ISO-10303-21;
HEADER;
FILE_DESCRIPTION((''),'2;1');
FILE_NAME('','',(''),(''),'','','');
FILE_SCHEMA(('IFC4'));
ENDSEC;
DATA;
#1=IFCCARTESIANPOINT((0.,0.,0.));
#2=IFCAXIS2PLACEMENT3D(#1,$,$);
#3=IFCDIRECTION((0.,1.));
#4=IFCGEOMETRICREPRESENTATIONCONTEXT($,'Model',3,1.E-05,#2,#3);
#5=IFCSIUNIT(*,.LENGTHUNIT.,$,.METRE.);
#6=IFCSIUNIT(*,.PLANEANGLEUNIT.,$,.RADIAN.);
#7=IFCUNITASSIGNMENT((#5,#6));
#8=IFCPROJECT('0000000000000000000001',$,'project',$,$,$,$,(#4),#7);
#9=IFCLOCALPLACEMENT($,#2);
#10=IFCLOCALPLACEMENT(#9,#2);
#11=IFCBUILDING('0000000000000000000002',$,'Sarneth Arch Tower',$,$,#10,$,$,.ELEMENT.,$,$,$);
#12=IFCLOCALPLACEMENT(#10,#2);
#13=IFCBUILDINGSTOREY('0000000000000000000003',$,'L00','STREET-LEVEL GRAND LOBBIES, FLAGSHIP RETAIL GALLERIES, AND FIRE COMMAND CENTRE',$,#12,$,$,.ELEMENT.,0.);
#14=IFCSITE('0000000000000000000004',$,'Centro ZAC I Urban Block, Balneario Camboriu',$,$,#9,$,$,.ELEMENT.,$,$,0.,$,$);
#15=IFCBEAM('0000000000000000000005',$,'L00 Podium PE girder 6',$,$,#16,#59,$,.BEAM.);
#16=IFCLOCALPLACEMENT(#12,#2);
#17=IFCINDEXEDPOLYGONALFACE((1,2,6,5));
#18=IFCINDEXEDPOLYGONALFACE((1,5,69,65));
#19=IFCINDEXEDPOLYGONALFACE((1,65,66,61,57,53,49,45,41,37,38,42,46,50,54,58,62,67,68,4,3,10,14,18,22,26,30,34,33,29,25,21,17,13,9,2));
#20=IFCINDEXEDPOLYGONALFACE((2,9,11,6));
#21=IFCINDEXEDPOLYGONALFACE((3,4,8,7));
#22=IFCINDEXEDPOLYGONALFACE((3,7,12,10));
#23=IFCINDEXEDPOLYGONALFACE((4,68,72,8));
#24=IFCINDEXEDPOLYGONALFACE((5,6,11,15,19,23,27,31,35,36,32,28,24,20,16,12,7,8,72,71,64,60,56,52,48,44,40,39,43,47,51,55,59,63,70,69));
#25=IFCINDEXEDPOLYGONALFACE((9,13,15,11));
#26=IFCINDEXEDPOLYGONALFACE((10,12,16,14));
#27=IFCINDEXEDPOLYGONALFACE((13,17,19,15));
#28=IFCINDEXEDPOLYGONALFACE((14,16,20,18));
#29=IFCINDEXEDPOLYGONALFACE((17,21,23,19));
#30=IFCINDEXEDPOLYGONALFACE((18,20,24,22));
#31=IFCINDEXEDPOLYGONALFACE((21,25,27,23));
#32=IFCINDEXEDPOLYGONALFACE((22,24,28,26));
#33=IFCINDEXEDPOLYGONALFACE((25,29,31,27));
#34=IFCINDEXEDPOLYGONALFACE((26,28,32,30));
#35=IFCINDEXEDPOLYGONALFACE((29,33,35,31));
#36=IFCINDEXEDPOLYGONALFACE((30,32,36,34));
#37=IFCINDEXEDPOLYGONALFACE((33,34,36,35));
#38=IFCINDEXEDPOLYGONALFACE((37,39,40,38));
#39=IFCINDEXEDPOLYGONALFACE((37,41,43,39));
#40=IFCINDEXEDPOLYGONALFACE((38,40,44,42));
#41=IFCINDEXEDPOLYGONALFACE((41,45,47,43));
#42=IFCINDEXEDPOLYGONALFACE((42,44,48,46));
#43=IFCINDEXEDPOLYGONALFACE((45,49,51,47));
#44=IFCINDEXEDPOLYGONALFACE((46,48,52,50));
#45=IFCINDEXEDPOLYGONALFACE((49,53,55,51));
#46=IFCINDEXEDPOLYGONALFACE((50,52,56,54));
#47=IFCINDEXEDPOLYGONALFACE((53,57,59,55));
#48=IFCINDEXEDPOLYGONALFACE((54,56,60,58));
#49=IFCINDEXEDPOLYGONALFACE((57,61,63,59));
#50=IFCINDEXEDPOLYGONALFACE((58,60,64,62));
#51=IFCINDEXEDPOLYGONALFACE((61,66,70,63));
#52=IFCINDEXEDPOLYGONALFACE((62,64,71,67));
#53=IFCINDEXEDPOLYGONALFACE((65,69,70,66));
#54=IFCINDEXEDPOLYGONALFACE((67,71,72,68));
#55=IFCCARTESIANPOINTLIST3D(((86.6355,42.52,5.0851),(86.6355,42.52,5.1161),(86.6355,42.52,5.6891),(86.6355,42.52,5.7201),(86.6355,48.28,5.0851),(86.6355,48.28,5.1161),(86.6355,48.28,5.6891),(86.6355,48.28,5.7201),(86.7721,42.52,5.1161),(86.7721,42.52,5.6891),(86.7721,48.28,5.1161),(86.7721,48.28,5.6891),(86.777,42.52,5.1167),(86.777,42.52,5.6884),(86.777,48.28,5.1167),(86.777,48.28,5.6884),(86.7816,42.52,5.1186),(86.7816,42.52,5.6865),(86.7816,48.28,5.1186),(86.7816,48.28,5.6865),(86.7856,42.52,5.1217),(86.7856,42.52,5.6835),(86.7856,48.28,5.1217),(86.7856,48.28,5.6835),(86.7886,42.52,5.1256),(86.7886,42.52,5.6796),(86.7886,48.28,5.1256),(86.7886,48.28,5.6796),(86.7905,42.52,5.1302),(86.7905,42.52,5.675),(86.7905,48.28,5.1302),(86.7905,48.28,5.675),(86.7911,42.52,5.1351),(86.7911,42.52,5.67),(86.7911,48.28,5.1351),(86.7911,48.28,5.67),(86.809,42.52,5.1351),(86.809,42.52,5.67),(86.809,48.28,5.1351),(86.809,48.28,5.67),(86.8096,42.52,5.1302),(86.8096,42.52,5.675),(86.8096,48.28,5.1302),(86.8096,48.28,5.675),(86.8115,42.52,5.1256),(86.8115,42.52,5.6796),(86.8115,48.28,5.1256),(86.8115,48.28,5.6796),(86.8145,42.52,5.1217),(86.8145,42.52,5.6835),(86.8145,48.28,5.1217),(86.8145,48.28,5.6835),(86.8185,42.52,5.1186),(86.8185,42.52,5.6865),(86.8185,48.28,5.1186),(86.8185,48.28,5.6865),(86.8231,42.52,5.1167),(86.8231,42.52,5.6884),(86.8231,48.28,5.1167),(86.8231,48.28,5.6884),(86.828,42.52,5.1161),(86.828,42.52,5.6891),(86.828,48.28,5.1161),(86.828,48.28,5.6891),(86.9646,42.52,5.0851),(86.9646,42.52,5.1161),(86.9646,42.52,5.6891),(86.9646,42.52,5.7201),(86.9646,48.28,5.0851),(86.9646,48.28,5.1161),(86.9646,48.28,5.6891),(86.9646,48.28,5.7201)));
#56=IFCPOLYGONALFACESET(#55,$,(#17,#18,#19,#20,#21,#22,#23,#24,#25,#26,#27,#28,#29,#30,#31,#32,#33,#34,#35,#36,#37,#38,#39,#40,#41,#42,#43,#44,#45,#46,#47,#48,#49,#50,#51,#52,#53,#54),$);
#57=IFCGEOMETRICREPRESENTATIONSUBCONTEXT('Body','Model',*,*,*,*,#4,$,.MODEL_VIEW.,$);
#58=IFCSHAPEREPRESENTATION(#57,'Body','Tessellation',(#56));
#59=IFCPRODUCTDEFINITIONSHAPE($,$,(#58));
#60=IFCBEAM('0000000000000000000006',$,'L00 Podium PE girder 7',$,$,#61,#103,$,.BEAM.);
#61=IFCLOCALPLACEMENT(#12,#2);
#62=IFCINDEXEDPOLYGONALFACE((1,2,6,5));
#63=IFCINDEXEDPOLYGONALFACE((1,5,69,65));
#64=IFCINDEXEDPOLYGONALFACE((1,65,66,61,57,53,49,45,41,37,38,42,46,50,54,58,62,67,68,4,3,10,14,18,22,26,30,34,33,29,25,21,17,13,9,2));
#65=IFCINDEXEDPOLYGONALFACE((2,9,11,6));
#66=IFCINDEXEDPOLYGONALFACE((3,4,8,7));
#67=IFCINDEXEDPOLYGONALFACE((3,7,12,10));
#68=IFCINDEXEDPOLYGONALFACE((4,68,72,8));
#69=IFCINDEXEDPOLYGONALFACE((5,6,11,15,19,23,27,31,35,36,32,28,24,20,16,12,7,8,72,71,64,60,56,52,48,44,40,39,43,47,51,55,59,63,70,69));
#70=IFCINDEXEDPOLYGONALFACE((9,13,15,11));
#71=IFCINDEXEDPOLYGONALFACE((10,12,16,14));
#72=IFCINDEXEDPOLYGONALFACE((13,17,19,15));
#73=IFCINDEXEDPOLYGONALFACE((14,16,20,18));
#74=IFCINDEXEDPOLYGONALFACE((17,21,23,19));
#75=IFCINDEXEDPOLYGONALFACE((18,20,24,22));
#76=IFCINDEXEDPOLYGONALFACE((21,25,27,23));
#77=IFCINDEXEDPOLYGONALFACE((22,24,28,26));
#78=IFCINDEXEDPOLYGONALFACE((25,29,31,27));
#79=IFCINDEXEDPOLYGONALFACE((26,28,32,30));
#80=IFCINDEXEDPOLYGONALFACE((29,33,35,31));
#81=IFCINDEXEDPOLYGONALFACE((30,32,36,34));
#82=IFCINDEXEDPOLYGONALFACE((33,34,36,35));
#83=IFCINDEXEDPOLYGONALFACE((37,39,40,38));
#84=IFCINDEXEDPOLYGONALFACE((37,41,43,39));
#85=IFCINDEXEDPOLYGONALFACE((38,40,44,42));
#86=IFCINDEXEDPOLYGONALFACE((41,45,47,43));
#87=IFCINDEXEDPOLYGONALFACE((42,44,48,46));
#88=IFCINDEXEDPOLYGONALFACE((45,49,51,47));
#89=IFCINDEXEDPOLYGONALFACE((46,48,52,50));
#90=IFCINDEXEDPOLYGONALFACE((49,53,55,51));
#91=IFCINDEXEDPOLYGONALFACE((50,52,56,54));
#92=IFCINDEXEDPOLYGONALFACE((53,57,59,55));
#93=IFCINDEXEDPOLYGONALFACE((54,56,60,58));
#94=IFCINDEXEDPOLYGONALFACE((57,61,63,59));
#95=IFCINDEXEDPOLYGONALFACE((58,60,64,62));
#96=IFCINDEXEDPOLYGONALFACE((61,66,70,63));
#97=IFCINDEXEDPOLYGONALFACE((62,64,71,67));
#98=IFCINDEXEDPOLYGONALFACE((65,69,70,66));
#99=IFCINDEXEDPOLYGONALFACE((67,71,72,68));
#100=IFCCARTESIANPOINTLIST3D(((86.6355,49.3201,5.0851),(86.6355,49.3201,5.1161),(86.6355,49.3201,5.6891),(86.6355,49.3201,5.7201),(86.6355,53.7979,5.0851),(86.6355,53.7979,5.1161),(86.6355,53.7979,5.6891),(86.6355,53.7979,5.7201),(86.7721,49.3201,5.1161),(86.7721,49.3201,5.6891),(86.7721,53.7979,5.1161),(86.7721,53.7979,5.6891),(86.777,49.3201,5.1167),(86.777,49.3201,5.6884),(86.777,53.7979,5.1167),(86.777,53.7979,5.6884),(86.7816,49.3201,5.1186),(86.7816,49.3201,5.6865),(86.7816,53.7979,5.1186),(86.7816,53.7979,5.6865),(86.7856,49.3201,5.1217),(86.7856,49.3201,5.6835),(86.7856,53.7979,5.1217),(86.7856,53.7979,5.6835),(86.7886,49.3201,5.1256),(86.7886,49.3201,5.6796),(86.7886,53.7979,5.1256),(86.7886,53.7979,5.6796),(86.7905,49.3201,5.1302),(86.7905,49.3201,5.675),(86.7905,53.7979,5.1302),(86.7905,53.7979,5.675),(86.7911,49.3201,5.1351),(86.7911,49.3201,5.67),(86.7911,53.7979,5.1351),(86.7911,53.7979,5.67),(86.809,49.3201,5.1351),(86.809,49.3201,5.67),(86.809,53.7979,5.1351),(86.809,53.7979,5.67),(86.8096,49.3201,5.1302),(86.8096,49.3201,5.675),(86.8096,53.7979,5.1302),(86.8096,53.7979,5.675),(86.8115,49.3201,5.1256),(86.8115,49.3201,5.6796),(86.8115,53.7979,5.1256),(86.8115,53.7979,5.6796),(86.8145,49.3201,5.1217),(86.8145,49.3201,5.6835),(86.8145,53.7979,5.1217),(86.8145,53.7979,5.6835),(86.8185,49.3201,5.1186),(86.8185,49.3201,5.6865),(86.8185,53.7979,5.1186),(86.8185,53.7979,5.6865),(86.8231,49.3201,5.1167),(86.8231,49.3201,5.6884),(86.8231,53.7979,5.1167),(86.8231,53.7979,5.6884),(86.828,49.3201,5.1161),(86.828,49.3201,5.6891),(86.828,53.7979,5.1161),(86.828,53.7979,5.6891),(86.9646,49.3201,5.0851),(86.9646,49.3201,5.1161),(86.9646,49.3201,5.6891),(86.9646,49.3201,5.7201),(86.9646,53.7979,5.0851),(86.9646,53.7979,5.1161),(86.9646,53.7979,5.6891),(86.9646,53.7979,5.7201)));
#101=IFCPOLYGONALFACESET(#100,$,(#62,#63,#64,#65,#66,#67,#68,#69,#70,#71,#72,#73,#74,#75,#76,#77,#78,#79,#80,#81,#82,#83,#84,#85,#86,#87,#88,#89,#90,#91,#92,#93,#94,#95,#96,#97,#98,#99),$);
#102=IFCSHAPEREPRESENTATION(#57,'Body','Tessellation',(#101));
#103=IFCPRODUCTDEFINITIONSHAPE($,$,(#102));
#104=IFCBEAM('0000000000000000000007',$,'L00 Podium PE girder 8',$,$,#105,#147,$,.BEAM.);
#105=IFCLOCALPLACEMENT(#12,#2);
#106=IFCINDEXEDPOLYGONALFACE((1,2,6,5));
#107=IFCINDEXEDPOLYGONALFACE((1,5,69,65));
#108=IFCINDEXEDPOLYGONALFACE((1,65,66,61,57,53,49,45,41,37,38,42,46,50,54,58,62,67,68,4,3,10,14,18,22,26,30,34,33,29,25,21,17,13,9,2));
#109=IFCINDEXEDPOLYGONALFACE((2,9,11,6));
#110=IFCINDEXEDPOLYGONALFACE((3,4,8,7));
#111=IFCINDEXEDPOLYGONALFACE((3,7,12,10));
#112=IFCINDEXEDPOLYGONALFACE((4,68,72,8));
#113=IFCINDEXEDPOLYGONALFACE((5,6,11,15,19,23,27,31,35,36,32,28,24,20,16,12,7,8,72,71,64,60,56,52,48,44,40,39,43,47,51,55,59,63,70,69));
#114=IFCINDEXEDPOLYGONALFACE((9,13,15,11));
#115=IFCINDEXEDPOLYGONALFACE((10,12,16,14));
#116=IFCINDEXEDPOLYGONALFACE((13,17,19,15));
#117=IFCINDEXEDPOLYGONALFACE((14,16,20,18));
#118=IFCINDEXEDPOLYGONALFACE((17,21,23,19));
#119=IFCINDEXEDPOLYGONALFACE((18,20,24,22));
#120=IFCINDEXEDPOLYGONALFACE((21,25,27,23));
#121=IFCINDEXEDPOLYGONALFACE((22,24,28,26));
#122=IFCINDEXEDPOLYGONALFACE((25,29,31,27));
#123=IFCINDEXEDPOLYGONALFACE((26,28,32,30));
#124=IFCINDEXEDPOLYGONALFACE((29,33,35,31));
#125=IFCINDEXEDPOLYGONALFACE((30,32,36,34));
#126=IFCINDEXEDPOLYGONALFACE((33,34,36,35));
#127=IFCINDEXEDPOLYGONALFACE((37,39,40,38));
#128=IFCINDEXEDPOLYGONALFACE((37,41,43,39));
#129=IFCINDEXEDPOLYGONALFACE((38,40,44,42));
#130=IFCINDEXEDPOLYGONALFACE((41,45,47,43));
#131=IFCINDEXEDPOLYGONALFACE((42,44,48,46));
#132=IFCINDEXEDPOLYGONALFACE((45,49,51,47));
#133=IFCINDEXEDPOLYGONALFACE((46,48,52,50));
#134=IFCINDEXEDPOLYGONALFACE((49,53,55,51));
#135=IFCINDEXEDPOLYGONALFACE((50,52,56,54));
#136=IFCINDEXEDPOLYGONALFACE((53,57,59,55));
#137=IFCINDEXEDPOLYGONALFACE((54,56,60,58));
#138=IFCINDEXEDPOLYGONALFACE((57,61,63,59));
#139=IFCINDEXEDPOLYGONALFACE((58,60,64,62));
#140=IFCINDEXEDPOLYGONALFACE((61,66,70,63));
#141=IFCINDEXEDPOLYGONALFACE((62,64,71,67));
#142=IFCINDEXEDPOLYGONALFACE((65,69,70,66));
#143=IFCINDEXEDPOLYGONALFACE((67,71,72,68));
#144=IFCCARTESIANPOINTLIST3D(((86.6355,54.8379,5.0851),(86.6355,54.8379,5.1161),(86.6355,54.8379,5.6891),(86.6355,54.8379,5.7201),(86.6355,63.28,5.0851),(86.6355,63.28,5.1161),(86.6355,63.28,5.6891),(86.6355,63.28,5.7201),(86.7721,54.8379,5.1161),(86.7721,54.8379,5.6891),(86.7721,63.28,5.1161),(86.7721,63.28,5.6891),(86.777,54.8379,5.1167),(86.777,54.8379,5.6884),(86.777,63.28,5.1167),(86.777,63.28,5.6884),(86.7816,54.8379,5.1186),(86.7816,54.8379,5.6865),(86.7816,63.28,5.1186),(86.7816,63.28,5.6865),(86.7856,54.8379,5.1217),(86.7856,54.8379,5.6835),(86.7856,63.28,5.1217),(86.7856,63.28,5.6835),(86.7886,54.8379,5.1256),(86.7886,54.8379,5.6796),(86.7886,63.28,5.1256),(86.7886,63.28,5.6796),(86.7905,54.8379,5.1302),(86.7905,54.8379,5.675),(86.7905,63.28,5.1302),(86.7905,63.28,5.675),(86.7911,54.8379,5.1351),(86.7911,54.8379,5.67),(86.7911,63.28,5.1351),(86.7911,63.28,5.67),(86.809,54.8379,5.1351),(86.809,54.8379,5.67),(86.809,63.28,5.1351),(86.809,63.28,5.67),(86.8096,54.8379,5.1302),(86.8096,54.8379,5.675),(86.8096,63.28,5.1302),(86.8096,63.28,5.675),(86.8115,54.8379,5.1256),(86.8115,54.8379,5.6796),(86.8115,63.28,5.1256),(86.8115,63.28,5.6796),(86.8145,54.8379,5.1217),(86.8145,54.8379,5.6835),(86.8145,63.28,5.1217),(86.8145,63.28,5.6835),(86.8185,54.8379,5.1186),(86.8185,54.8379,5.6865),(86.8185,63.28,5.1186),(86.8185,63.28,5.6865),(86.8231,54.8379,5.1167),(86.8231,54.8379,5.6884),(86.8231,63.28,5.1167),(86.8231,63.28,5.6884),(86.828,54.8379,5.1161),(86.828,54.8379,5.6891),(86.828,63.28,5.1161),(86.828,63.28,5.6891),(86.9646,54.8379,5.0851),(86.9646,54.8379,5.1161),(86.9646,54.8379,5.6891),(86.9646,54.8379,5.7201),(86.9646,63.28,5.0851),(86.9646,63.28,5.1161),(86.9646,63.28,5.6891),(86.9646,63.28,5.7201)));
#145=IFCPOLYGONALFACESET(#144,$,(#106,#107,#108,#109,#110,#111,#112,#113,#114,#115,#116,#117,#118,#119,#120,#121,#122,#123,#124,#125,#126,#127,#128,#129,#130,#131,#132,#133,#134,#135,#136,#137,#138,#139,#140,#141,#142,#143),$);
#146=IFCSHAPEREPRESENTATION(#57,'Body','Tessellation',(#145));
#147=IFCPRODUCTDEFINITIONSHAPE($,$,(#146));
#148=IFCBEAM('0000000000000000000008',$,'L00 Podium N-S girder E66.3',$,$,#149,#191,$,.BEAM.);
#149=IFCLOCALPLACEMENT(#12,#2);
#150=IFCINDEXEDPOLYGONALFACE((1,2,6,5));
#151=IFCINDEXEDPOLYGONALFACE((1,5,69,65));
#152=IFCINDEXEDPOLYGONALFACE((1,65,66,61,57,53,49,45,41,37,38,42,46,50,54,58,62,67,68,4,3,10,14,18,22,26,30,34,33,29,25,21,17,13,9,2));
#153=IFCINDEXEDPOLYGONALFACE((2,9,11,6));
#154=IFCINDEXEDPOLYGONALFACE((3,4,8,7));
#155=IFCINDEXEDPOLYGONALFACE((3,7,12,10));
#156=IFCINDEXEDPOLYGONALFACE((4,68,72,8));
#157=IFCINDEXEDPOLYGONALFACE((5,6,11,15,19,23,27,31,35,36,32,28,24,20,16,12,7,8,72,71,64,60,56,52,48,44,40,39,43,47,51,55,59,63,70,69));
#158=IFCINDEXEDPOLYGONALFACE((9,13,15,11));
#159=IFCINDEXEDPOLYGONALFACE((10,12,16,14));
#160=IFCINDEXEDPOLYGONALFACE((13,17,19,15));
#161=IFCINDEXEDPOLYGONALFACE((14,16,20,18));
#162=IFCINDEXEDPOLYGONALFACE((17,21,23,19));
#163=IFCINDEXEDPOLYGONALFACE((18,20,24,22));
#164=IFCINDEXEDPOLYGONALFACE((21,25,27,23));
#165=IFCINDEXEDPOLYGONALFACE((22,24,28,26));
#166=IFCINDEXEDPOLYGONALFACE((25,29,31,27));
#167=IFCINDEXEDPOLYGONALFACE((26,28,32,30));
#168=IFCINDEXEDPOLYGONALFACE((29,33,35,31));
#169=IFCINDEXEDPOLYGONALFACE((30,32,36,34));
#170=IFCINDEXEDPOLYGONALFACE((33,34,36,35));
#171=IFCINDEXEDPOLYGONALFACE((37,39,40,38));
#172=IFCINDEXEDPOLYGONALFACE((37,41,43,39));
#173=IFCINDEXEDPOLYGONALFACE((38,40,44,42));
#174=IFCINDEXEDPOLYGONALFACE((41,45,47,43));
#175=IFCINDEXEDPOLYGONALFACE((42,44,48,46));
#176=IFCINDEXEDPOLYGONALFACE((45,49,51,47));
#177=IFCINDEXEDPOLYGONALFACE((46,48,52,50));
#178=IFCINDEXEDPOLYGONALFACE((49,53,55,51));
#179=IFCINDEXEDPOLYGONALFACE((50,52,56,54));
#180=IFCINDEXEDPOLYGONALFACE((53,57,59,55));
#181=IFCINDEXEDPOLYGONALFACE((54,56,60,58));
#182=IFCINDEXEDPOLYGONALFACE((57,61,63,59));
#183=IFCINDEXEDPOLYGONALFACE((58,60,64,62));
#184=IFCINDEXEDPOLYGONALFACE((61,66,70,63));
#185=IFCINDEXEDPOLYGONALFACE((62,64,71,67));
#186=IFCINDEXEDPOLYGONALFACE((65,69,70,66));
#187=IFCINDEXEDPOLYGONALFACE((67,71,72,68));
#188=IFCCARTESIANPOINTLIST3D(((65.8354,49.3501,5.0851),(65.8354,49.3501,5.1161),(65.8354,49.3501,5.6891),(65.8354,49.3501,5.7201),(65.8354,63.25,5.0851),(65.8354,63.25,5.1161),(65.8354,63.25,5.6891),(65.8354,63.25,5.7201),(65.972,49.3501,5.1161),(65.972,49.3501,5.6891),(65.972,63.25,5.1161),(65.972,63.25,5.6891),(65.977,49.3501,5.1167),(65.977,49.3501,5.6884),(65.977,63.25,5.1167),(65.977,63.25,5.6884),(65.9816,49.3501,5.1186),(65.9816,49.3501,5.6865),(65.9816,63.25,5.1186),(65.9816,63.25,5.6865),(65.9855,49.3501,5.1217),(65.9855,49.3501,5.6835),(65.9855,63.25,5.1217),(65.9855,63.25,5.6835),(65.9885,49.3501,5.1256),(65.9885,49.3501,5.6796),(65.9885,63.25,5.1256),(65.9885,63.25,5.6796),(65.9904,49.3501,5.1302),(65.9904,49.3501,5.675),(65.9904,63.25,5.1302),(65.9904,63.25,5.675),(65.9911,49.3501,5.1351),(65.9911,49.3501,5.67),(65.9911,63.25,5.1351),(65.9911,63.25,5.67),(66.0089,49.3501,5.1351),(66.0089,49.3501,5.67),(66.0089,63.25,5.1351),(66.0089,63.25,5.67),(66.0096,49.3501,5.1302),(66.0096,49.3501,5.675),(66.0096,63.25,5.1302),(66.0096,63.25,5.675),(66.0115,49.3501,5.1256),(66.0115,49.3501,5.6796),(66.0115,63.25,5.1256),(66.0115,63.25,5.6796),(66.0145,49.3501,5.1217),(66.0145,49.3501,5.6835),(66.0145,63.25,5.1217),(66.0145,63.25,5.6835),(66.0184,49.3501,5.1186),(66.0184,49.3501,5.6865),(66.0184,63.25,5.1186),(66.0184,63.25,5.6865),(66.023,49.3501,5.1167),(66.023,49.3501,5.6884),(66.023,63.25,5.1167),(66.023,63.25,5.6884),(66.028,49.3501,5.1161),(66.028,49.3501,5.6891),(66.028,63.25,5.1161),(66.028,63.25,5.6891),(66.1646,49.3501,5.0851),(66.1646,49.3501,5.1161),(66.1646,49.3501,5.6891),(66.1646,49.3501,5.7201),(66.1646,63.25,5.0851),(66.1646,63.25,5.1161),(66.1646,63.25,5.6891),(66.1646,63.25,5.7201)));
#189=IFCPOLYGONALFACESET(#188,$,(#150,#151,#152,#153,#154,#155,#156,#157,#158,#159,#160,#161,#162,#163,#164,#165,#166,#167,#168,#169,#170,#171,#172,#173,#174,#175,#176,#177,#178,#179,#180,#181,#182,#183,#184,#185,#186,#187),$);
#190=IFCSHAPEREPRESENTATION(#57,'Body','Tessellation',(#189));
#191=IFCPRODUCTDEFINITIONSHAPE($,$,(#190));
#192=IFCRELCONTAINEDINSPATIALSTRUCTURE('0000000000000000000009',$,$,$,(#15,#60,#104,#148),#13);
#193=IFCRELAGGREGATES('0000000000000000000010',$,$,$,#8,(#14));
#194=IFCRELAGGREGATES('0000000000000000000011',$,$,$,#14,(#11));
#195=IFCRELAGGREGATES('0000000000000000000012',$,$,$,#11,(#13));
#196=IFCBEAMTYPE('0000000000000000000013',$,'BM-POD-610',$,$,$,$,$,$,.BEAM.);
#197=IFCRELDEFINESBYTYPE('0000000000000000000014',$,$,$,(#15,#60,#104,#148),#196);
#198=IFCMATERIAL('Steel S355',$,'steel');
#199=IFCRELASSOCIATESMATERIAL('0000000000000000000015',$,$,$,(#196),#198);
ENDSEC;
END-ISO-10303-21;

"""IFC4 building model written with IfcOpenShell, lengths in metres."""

from ifc_helpers import new_model, si_unit, direction, frame, origin, origin_2d, place, context, subcontext, project, spatial, i_section, extrude, material, material_profile, profile_set, type_object, element, save


model = new_model("IFC4")

# Units and contexts
model_context = context("Model", 3, precision=1e-05, world=origin(), true_north=direction((0.0, 1.0)))
body_context = subcontext(model_context, "Body", "Model", "MODEL_VIEW")
ifc_project = project(units=[si_unit("LENGTHUNIT", "METRE"), si_unit("PLANEANGLEUNIT", "RADIAN")], contexts=[model_context])

# Site, building, storey
site_placement = place(None, origin())
site = spatial("IfcSite", under=ifc_project, at=site_placement, Name="Centro ZAC I Urban Block, Balneario Camboriu", CompositionType="ELEMENT", RefElevation=0.0)
building_placement = place(site_placement, origin())
building = spatial("IfcBuilding", under=site, at=building_placement, Name="Sarneth Arch Tower", CompositionType="ELEMENT")
storey_placement = place(building_placement, origin())
storey = spatial("IfcBuildingStorey", under=building, at=storey_placement, Name="L00", Description="STREET-LEVEL GRAND LOBBIES, FLAGSHIP RETAIL GALLERIES, AND FIRE COMMAND CENTRE", CompositionType="ELEMENT", Elevation=0.0)

# Beams
ifc_material_1 = material(Name="Steel S355", Category="steel")
ifc_material_profile_1 = material_profile(ifc_material_1, i_section(OverallWidth=0.3291, OverallDepth=0.635, WebThickness=0.0178, FlangeThickness=0.031, FilletRadius=0.019, at=origin_2d()), Name="W610x241")
ifc_profile_set_1 = profile_set([ifc_material_profile_1], Name="Steel S355")
beam_type = type_object("IfcBeamType", Name="BM-POD-610", PredefinedType="BEAM", material=ifc_profile_set_1)
beam_1_placement = place(storey_placement, frame((86.8, 42.52, 5.4026), z_axis=(0.0, 1.0, 0.0), x_axis=(-1.0, 0.0, 0.0)))
element("IfcBeam", 1, at=beam_1_placement, inside=storey, type_object=beam_type, Name="L00 Podium PE girder 6", PredefinedType="BEAM", context=body_context, shape_type="SweptSolid", body=[
    extrude(i_section(OverallWidth=0.3291, OverallDepth=0.635, WebThickness=0.0178, FlangeThickness=0.031, FilletRadius=0.019, at=origin_2d()), origin(), (0.0, 0.0, 1.0), 5.76),
])
beam_2_placement = place(storey_placement, frame((86.8, 49.3201, 5.4026), z_axis=(0.0, 1.0, 0.0), x_axis=(-1.0, 0.0, 0.0)))
element("IfcBeam", 2, at=beam_2_placement, inside=storey, type_object=beam_type, Name="L00 Podium PE girder 7", PredefinedType="BEAM", context=body_context, shape_type="SweptSolid", body=[
    extrude(i_section(OverallWidth=0.3291, OverallDepth=0.635, WebThickness=0.0178, FlangeThickness=0.031, FilletRadius=0.019, at=origin_2d()), origin(), (0.0, 0.0, 1.0), 4.4778),
])
beam_3_placement = place(storey_placement, frame((86.8, 54.8379, 5.4026), z_axis=(0.0, 1.0, 0.0), x_axis=(-1.0, 0.0, 0.0)))
element("IfcBeam", 3, at=beam_3_placement, inside=storey, type_object=beam_type, Name="L00 Podium PE girder 8", PredefinedType="BEAM", context=body_context, shape_type="SweptSolid", body=[
    extrude(i_section(OverallWidth=0.3291, OverallDepth=0.635, WebThickness=0.0178, FlangeThickness=0.031, FilletRadius=0.019, at=origin_2d()), origin(), (0.0, 0.0, 1.0), 8.4421),
])
beam_4_placement = place(storey_placement, frame((66.0, 49.3501, 5.4026), z_axis=(0.0, 1.0, 0.0), x_axis=(-1.0, 0.0, 0.0)))
element("IfcBeam", 4, at=beam_4_placement, inside=storey, type_object=beam_type, Name="L00 Podium N-S girder E66.3", PredefinedType="BEAM", context=body_context, shape_type="SweptSolid", body=[
    extrude(i_section(OverallWidth=0.3291, OverallDepth=0.635, WebThickness=0.0178, FlangeThickness=0.031, FilletRadius=0.019, at=origin_2d()), origin(), (0.0, 0.0, 1.0), 13.8999),
])

save(model, "model.ifc")
